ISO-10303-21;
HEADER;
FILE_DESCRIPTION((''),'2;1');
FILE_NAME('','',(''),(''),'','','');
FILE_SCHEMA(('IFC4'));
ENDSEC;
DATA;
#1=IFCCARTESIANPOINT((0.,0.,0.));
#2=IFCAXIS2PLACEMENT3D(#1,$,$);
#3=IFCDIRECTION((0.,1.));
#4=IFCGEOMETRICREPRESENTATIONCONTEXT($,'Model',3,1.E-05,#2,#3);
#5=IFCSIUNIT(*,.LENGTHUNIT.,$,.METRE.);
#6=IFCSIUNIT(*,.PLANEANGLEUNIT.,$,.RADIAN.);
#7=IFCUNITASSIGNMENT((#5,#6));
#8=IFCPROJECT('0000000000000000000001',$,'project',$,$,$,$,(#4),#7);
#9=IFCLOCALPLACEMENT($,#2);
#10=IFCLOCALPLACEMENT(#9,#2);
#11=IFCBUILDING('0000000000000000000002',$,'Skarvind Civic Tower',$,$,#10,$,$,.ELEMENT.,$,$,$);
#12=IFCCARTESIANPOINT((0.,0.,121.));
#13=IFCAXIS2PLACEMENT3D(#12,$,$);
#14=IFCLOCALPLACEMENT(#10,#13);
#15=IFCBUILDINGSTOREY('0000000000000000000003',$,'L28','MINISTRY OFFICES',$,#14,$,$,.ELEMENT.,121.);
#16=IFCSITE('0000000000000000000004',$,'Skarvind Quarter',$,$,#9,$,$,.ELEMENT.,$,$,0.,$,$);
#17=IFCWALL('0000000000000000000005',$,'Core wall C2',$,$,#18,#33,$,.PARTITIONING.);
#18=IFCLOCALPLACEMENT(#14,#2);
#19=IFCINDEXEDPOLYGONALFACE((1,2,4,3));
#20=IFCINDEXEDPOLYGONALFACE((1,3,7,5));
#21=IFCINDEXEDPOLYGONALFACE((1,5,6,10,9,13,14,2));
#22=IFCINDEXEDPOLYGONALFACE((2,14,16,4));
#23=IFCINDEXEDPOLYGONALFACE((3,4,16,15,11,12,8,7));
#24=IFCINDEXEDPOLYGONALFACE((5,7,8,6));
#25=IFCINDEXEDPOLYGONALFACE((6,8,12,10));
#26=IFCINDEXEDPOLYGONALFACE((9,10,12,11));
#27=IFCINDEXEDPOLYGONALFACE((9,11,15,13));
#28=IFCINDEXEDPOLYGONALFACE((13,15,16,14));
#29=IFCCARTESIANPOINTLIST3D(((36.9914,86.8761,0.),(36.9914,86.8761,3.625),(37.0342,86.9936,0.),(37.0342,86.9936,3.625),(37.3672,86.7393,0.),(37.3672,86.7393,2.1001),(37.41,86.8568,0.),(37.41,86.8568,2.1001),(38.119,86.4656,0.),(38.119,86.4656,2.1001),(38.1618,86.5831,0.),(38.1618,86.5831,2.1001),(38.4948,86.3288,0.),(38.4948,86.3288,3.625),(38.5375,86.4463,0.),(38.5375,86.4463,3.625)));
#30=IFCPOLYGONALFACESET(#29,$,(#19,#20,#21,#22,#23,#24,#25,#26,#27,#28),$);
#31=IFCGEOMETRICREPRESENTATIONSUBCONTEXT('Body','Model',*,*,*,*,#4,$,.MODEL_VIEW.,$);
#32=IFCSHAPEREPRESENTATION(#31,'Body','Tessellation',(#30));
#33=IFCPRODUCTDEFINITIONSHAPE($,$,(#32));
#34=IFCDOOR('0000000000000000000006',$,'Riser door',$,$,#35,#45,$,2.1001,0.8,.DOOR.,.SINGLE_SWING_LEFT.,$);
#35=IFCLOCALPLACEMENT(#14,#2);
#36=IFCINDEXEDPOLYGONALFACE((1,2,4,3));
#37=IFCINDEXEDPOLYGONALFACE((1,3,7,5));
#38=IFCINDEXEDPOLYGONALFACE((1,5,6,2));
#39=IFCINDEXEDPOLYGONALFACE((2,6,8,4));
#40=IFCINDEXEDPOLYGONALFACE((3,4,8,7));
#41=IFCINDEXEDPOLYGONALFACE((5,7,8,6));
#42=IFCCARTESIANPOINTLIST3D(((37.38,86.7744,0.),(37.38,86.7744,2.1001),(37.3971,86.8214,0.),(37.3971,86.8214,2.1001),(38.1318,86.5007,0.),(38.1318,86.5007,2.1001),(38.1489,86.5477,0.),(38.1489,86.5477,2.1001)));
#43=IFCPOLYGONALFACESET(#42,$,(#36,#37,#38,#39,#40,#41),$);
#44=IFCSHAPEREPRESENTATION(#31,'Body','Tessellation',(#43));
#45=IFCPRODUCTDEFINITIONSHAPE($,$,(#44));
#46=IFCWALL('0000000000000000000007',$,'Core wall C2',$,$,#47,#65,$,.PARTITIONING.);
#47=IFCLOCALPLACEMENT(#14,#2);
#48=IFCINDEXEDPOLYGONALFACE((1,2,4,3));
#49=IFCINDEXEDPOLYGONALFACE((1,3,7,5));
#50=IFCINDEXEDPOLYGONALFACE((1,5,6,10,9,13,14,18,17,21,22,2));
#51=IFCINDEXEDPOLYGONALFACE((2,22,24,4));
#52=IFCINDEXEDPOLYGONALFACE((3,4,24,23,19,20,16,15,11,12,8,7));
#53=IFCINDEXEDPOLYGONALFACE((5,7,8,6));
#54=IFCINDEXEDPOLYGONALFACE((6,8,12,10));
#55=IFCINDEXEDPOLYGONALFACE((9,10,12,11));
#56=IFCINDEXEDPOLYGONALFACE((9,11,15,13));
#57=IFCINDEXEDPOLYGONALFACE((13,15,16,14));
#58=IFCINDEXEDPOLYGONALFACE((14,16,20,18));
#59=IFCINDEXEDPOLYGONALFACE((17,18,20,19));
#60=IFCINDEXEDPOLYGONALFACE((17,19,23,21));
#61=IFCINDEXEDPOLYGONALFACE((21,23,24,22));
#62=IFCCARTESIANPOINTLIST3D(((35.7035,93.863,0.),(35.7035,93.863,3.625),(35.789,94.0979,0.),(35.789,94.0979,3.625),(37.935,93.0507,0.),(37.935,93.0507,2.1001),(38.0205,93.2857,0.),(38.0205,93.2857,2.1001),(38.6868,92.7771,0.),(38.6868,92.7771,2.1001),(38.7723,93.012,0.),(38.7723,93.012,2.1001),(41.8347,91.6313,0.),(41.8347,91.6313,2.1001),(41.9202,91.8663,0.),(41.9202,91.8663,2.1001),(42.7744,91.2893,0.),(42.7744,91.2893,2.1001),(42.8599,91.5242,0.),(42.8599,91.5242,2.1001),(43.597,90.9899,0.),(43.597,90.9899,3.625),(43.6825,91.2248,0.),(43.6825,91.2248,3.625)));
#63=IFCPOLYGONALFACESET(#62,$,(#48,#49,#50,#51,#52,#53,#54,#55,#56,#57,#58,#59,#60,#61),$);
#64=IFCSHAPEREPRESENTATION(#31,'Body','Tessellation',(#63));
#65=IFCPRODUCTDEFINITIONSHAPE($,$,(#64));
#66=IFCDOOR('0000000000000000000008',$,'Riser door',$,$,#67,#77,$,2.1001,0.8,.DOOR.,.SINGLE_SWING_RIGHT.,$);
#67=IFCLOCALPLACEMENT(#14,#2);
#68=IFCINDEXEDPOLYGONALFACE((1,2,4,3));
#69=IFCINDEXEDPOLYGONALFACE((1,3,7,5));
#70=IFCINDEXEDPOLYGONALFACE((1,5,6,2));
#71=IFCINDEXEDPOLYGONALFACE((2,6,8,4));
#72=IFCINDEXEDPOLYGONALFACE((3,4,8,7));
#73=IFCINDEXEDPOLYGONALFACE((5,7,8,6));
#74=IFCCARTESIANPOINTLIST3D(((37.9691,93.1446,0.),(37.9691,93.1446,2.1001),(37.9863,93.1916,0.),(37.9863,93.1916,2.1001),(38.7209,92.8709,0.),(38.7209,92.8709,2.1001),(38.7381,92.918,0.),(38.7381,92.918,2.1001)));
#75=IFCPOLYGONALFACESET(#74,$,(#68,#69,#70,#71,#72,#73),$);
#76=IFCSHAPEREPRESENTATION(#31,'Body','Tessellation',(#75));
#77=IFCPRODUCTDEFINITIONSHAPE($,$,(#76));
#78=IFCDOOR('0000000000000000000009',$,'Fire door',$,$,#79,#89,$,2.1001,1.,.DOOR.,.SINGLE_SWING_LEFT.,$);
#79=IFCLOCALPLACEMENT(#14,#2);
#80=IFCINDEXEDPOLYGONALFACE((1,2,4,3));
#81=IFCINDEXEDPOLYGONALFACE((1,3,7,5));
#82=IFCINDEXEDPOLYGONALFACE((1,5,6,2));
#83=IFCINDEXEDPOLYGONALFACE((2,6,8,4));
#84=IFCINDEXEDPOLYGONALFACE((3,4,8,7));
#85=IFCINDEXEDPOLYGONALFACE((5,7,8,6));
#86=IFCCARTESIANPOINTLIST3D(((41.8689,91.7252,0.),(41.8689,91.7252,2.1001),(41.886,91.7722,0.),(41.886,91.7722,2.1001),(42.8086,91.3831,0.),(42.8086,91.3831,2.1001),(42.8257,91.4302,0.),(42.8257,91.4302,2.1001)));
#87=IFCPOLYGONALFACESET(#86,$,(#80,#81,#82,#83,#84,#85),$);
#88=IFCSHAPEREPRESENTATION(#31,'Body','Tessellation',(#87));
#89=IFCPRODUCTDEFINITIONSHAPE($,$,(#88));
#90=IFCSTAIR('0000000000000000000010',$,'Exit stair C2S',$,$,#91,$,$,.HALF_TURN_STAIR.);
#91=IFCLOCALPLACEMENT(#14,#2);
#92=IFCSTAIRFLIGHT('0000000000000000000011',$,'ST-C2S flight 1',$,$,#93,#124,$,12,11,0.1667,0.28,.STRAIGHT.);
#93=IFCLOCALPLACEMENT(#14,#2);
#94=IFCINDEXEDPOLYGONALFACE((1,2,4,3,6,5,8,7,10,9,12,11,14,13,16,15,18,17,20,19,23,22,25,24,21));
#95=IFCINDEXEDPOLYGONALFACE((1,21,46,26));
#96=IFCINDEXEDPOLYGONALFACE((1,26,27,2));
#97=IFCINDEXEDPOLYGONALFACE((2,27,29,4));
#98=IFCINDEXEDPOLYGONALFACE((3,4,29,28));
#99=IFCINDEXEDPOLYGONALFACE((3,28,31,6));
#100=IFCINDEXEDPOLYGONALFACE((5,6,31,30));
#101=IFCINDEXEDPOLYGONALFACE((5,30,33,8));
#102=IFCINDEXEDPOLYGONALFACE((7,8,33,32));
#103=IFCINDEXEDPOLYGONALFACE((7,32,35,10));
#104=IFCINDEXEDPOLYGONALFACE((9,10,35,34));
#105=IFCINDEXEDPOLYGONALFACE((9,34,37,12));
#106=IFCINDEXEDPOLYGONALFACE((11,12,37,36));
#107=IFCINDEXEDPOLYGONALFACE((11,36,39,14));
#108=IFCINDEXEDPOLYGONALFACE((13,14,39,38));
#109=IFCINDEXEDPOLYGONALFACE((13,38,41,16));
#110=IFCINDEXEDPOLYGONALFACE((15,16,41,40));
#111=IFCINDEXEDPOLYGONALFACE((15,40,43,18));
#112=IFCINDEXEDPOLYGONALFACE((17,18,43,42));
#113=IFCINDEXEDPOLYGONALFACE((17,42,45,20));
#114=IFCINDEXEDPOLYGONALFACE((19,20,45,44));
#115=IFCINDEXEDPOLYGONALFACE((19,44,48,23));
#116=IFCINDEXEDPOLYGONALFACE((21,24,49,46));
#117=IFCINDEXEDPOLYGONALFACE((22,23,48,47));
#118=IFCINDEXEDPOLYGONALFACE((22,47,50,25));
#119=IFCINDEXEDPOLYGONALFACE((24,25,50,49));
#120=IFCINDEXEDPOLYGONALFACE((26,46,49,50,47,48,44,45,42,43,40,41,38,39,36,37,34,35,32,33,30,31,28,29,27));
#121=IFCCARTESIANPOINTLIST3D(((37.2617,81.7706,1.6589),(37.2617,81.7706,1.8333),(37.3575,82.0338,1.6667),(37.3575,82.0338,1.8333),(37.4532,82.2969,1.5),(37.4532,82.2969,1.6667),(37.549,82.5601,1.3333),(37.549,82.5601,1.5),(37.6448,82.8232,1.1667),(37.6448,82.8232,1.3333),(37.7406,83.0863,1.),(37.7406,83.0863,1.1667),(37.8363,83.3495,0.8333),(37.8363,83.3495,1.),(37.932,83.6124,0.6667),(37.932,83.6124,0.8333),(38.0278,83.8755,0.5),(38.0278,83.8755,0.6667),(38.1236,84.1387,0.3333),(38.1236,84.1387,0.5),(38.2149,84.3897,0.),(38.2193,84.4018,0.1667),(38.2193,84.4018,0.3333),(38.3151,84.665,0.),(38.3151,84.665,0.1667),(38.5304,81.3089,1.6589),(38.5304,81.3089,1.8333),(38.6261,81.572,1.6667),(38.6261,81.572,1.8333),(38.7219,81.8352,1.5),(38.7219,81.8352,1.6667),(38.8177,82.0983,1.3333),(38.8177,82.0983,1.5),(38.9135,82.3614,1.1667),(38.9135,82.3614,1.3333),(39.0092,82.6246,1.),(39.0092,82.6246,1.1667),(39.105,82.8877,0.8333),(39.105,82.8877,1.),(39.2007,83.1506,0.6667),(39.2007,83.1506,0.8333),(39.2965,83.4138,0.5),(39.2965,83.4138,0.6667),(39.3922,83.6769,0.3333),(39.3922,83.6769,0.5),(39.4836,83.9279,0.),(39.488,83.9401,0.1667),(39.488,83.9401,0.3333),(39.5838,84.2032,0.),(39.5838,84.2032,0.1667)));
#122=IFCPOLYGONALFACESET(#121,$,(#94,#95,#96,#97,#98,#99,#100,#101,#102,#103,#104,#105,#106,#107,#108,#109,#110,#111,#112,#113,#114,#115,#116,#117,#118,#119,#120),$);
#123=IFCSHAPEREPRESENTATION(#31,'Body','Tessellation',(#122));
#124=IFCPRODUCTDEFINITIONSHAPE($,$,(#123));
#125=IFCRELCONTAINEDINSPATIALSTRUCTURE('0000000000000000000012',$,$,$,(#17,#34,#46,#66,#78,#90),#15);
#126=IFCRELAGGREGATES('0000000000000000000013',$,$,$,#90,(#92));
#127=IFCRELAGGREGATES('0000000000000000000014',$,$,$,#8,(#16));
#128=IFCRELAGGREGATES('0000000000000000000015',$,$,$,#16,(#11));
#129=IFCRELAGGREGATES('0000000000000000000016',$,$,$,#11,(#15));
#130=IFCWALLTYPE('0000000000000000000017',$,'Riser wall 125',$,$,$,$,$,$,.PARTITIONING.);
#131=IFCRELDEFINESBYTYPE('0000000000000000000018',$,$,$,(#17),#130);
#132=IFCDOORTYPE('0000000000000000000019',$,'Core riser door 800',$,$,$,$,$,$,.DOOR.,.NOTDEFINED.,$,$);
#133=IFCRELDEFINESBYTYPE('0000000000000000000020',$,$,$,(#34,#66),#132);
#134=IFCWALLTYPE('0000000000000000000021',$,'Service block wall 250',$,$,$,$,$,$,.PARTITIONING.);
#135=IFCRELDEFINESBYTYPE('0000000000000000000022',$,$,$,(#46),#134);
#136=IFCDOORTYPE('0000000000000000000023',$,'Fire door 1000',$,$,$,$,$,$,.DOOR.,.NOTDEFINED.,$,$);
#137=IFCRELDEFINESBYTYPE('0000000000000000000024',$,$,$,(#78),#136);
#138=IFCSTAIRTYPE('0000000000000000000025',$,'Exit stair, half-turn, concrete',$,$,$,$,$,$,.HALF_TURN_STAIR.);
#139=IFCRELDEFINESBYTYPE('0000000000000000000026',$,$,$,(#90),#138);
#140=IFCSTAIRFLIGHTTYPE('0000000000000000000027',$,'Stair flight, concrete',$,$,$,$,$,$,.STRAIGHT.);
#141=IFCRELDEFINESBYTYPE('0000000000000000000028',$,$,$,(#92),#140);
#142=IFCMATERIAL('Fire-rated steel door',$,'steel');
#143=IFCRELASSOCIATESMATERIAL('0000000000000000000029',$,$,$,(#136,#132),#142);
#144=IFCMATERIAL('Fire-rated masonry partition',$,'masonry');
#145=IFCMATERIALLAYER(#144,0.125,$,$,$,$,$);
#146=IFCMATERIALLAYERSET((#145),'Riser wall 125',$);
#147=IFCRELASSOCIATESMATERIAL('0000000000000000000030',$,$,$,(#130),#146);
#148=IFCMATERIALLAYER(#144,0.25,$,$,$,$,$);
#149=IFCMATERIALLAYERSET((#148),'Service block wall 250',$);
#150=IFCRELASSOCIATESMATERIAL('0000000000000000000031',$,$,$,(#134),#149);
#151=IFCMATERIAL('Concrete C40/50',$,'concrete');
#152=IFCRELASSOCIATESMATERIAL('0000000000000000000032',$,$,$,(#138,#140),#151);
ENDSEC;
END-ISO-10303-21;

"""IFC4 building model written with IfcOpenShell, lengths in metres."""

from ifc_helpers import new_model, si_unit, direction, frame, frame_2d, origin, place, context, subcontext, project, spatial, polyline, rectangle, outline, extrude, material, layer, layer_set, type_object, element, fill, aggregate, save


model = new_model("IFC4")

# Units and contexts
model_context = context("Model", 3, precision=1e-05, world=origin(), true_north=direction((0.0, 1.0)))
body_context = subcontext(model_context, "Body", "Model", "MODEL_VIEW")
ifc_project = project(units=[si_unit("LENGTHUNIT", "METRE"), si_unit("PLANEANGLEUNIT", "RADIAN")], contexts=[model_context])

# Site, building, storey
site_placement = place(None, origin())
site = spatial("IfcSite", under=ifc_project, at=site_placement, Name="Skarvind Quarter", CompositionType="ELEMENT", RefElevation=0.0)
building_placement = place(site_placement, origin())
building = spatial("IfcBuilding", under=site, at=building_placement, Name="Skarvind Civic Tower", CompositionType="ELEMENT")
storey_placement = place(building_placement, frame((0.0, 0.0, 121.0)))
storey = spatial("IfcBuildingStorey", under=building, at=storey_placement, Name="L28", Description="MINISTRY OFFICES", CompositionType="ELEMENT", Elevation=121.0)

# Shared definitions
ifc_material_1 = material(Name="Fire-rated masonry partition", Category="masonry")
ifc_material_2 = material(Name="Fire-rated steel door", Category="steel")
door_type_1 = type_object("IfcDoorType", Name="Fire door 1000", OperationType="NOTDEFINED", PredefinedType="DOOR", material=ifc_material_2)

# Wall, opening, door
ifc_layer_1 = layer(ifc_material_1, 0.125)
ifc_layer_set_1 = layer_set([ifc_layer_1], Name="Riser wall 125")
wall_type_1 = type_object("IfcWallType", Name="Riser wall 125", PredefinedType="PARTITIONING", material=ifc_layer_set_1)
wall_1_placement = place(storey_placement, frame((37.0129, 86.9348, 0.0), z_axis=(0.0, 0.0, 1.0), x_axis=(0.93966, -0.342111, 0.0)))
wall_1 = element("IfcWall", 1, at=wall_1_placement, inside=storey, type_object=wall_type_1, Name="Core wall C2", PredefinedType="PARTITIONING", context=body_context, shape_type="SweptSolid", body=[
    extrude(rectangle(XDim=1.5999, YDim=0.125, at=frame_2d((0.7998, 0.0))), origin(), (0.0, 0.0, 1.0), 3.625),
])
opening_1_placement = place(wall_1_placement, frame((0.3999, 0.0, 0.0)))
opening_1 = element("IfcOpeningElement", 2, at=opening_1_placement, cuts=wall_1, PredefinedType="OPENING", context=body_context, shape_type="SweptSolid", body=[
    extrude(rectangle(XDim=0.8, YDim=2.1001, at=frame_2d((0.3999, 1.05))), frame((0.0, 0.0725, 0.0), z_axis=(0.0, -1.0, 0.0), x_axis=(1.0, 0.0, 0.0)), (0.0, 0.0, 1.0), 0.145),
])
door_type_2 = type_object("IfcDoorType", Name="Core riser door 800", OperationType="NOTDEFINED", PredefinedType="DOOR", material=ifc_material_2)
door_1_placement = place(opening_1_placement, origin())
door_1 = element("IfcDoor", 3, at=door_1_placement, inside=storey, type_object=door_type_2, Name="Riser door", OperationType="SINGLE_SWING_LEFT", OverallHeight=2.1001, OverallWidth=0.8, PredefinedType="DOOR", context=body_context, shape_type="SweptSolid", body=[
    extrude(rectangle(XDim=0.8, YDim=2.1001, at=frame_2d((0.3999, 1.05))), frame((0.0, 0.0249, 0.0), z_axis=(0.0, -1.0, 0.0), x_axis=(1.0, 0.0, 0.0)), (0.0, 0.0, 1.0), 0.05),
])
fill(opening_1, door_1)

# Wall, openings, doors
ifc_layer_2 = layer(ifc_material_1, 0.25)
ifc_layer_set_2 = layer_set([ifc_layer_2], Name="Service block wall 250")
wall_type_2 = type_object("IfcWallType", Name="Service block wall 250", PredefinedType="PARTITIONING", material=ifc_layer_set_2)
wall_2_placement = place(storey_placement, frame((35.7461, 93.9805, 0.0), z_axis=(0.0, 0.0, 1.0), x_axis=(0.939692, -0.342023, 0.0)))
wall_2 = element("IfcWall", 4, at=wall_2_placement, inside=storey, type_object=wall_type_2, Name="Core wall C2", PredefinedType="PARTITIONING", context=body_context, shape_type="SweptSolid", body=[
    extrude(rectangle(XDim=8.4001, YDim=0.25, at=frame_2d((4.2002, 0.0))), origin(), (0.0, 0.0, 1.0), 3.625),
])
opening_2_placement = place(wall_2_placement, frame((2.375, 0.0, 0.0)))
opening_2 = element("IfcOpeningElement", 5, at=opening_2_placement, cuts=wall_2, PredefinedType="OPENING", context=body_context, shape_type="SweptSolid", body=[
    extrude(rectangle(XDim=0.8, YDim=2.1001, at=frame_2d((0.3999, 1.05))), frame((0.0, 0.135, 0.0), z_axis=(0.0, -1.0, 0.0), x_axis=(1.0, 0.0, 0.0)), (0.0, 0.0, 1.0), 0.27),
])
opening_3_placement = place(wall_2_placement, frame((6.5249, 0.0, 0.0)))
opening_3 = element("IfcOpeningElement", 6, at=opening_3_placement, cuts=wall_2, PredefinedType="OPENING", context=body_context, shape_type="SweptSolid", body=[
    extrude(rectangle(XDim=1.0, YDim=2.1001, at=frame_2d((0.5, 1.05))), frame((0.0, 0.135, 0.0), z_axis=(0.0, -1.0, 0.0), x_axis=(1.0, 0.0, 0.0)), (0.0, 0.0, 1.0), 0.27),
])
door_2_placement = place(opening_2_placement, origin())
door_2 = element("IfcDoor", 7, at=door_2_placement, inside=storey, type_object=door_type_2, Name="Riser door", OperationType="SINGLE_SWING_RIGHT", OverallHeight=2.1001, OverallWidth=0.8, PredefinedType="DOOR", context=body_context, shape_type="SweptSolid", body=[
    extrude(rectangle(XDim=0.8, YDim=2.1001, at=frame_2d((0.3999, 1.05))), frame((0.0, 0.0249, 0.0), z_axis=(0.0, -1.0, 0.0), x_axis=(1.0, 0.0, 0.0)), (0.0, 0.0, 1.0), 0.05),
])
fill(opening_2, door_2)
door_3_placement = place(opening_3_placement, origin())
door_3 = element("IfcDoor", 8, at=door_3_placement, inside=storey, type_object=door_type_1, Name="Fire door", OperationType="SINGLE_SWING_LEFT", OverallHeight=2.1001, OverallWidth=1.0, PredefinedType="DOOR", context=body_context, shape_type="SweptSolid", body=[
    extrude(rectangle(XDim=1.0, YDim=2.1001, at=frame_2d((0.5, 1.05))), frame((0.0, 0.0249, 0.0), z_axis=(0.0, -1.0, 0.0), x_axis=(1.0, 0.0, 0.0)), (0.0, 0.0, 1.0), 0.05),
])
fill(opening_3, door_3)

# Stair, stair flight
ifc_material_3 = material(Name="Concrete C40/50", Category="concrete")
stair_type = type_object("IfcStairType", Name="Exit stair, half-turn, concrete", PredefinedType="HALF_TURN_STAIR", material=ifc_material_3)
stair_placement = place(storey_placement, origin())
stair = element("IfcStair", 9, at=stair_placement, inside=storey, type_object=stair_type, Name="Exit stair C2S", PredefinedType="HALF_TURN_STAIR")
stair_flight_type = type_object("IfcStairFlightType", Name="Stair flight, concrete", PredefinedType="STRAIGHT", material=ifc_material_3)
stair_flight_placement = place(storey_placement, frame((38.9495, 84.4341, 0.0), z_axis=(0.0, 0.0, 1.0), x_axis=(-0.34202, -0.939693, 0.0)))
stair_flight = element("IfcStairFlight", 10, at=stair_flight_placement, type_object=stair_flight_type, Name="ST-C2S flight 1", NumberOfRisers=12, NumberOfTreads=11, PredefinedType="STRAIGHT", RiserHeight=0.1667, TreadLength=0.28, context=body_context, shape_type="SweptSolid", body=[
    extrude(outline(polyline([(0.0, 0.0), (0.0, 0.1667), (0.28, 0.1667), (0.28, 0.3333), (0.5601, 0.3333), (0.5601, 0.5), (0.8401, 0.5), (0.8401, 0.6667), (1.1201, 0.6667), (1.1201, 0.8333), (1.3999, 0.8333), (1.3999, 1.0), (1.6799, 1.0), (1.6799, 1.1667), (1.96, 1.1667), (1.96, 1.3333), (2.24, 1.3333), (2.24, 1.5), (2.52, 1.5), (2.52, 1.6667), (2.8, 1.6667), (2.8, 1.8333), (3.0801, 1.8333), (3.0801, 2.0), (3.0801, 1.6589), (0.293, 0.0), (0.0, 0.0)])), frame((0.0, 0.675, 0.0), z_axis=(0.0, -1.0, 0.0), x_axis=(1.0, 0.0, 0.0)), (0.0, 0.0, 1.0), 1.3501),
])
aggregate(stair, [stair_flight])

save(model, "model.ifc")
